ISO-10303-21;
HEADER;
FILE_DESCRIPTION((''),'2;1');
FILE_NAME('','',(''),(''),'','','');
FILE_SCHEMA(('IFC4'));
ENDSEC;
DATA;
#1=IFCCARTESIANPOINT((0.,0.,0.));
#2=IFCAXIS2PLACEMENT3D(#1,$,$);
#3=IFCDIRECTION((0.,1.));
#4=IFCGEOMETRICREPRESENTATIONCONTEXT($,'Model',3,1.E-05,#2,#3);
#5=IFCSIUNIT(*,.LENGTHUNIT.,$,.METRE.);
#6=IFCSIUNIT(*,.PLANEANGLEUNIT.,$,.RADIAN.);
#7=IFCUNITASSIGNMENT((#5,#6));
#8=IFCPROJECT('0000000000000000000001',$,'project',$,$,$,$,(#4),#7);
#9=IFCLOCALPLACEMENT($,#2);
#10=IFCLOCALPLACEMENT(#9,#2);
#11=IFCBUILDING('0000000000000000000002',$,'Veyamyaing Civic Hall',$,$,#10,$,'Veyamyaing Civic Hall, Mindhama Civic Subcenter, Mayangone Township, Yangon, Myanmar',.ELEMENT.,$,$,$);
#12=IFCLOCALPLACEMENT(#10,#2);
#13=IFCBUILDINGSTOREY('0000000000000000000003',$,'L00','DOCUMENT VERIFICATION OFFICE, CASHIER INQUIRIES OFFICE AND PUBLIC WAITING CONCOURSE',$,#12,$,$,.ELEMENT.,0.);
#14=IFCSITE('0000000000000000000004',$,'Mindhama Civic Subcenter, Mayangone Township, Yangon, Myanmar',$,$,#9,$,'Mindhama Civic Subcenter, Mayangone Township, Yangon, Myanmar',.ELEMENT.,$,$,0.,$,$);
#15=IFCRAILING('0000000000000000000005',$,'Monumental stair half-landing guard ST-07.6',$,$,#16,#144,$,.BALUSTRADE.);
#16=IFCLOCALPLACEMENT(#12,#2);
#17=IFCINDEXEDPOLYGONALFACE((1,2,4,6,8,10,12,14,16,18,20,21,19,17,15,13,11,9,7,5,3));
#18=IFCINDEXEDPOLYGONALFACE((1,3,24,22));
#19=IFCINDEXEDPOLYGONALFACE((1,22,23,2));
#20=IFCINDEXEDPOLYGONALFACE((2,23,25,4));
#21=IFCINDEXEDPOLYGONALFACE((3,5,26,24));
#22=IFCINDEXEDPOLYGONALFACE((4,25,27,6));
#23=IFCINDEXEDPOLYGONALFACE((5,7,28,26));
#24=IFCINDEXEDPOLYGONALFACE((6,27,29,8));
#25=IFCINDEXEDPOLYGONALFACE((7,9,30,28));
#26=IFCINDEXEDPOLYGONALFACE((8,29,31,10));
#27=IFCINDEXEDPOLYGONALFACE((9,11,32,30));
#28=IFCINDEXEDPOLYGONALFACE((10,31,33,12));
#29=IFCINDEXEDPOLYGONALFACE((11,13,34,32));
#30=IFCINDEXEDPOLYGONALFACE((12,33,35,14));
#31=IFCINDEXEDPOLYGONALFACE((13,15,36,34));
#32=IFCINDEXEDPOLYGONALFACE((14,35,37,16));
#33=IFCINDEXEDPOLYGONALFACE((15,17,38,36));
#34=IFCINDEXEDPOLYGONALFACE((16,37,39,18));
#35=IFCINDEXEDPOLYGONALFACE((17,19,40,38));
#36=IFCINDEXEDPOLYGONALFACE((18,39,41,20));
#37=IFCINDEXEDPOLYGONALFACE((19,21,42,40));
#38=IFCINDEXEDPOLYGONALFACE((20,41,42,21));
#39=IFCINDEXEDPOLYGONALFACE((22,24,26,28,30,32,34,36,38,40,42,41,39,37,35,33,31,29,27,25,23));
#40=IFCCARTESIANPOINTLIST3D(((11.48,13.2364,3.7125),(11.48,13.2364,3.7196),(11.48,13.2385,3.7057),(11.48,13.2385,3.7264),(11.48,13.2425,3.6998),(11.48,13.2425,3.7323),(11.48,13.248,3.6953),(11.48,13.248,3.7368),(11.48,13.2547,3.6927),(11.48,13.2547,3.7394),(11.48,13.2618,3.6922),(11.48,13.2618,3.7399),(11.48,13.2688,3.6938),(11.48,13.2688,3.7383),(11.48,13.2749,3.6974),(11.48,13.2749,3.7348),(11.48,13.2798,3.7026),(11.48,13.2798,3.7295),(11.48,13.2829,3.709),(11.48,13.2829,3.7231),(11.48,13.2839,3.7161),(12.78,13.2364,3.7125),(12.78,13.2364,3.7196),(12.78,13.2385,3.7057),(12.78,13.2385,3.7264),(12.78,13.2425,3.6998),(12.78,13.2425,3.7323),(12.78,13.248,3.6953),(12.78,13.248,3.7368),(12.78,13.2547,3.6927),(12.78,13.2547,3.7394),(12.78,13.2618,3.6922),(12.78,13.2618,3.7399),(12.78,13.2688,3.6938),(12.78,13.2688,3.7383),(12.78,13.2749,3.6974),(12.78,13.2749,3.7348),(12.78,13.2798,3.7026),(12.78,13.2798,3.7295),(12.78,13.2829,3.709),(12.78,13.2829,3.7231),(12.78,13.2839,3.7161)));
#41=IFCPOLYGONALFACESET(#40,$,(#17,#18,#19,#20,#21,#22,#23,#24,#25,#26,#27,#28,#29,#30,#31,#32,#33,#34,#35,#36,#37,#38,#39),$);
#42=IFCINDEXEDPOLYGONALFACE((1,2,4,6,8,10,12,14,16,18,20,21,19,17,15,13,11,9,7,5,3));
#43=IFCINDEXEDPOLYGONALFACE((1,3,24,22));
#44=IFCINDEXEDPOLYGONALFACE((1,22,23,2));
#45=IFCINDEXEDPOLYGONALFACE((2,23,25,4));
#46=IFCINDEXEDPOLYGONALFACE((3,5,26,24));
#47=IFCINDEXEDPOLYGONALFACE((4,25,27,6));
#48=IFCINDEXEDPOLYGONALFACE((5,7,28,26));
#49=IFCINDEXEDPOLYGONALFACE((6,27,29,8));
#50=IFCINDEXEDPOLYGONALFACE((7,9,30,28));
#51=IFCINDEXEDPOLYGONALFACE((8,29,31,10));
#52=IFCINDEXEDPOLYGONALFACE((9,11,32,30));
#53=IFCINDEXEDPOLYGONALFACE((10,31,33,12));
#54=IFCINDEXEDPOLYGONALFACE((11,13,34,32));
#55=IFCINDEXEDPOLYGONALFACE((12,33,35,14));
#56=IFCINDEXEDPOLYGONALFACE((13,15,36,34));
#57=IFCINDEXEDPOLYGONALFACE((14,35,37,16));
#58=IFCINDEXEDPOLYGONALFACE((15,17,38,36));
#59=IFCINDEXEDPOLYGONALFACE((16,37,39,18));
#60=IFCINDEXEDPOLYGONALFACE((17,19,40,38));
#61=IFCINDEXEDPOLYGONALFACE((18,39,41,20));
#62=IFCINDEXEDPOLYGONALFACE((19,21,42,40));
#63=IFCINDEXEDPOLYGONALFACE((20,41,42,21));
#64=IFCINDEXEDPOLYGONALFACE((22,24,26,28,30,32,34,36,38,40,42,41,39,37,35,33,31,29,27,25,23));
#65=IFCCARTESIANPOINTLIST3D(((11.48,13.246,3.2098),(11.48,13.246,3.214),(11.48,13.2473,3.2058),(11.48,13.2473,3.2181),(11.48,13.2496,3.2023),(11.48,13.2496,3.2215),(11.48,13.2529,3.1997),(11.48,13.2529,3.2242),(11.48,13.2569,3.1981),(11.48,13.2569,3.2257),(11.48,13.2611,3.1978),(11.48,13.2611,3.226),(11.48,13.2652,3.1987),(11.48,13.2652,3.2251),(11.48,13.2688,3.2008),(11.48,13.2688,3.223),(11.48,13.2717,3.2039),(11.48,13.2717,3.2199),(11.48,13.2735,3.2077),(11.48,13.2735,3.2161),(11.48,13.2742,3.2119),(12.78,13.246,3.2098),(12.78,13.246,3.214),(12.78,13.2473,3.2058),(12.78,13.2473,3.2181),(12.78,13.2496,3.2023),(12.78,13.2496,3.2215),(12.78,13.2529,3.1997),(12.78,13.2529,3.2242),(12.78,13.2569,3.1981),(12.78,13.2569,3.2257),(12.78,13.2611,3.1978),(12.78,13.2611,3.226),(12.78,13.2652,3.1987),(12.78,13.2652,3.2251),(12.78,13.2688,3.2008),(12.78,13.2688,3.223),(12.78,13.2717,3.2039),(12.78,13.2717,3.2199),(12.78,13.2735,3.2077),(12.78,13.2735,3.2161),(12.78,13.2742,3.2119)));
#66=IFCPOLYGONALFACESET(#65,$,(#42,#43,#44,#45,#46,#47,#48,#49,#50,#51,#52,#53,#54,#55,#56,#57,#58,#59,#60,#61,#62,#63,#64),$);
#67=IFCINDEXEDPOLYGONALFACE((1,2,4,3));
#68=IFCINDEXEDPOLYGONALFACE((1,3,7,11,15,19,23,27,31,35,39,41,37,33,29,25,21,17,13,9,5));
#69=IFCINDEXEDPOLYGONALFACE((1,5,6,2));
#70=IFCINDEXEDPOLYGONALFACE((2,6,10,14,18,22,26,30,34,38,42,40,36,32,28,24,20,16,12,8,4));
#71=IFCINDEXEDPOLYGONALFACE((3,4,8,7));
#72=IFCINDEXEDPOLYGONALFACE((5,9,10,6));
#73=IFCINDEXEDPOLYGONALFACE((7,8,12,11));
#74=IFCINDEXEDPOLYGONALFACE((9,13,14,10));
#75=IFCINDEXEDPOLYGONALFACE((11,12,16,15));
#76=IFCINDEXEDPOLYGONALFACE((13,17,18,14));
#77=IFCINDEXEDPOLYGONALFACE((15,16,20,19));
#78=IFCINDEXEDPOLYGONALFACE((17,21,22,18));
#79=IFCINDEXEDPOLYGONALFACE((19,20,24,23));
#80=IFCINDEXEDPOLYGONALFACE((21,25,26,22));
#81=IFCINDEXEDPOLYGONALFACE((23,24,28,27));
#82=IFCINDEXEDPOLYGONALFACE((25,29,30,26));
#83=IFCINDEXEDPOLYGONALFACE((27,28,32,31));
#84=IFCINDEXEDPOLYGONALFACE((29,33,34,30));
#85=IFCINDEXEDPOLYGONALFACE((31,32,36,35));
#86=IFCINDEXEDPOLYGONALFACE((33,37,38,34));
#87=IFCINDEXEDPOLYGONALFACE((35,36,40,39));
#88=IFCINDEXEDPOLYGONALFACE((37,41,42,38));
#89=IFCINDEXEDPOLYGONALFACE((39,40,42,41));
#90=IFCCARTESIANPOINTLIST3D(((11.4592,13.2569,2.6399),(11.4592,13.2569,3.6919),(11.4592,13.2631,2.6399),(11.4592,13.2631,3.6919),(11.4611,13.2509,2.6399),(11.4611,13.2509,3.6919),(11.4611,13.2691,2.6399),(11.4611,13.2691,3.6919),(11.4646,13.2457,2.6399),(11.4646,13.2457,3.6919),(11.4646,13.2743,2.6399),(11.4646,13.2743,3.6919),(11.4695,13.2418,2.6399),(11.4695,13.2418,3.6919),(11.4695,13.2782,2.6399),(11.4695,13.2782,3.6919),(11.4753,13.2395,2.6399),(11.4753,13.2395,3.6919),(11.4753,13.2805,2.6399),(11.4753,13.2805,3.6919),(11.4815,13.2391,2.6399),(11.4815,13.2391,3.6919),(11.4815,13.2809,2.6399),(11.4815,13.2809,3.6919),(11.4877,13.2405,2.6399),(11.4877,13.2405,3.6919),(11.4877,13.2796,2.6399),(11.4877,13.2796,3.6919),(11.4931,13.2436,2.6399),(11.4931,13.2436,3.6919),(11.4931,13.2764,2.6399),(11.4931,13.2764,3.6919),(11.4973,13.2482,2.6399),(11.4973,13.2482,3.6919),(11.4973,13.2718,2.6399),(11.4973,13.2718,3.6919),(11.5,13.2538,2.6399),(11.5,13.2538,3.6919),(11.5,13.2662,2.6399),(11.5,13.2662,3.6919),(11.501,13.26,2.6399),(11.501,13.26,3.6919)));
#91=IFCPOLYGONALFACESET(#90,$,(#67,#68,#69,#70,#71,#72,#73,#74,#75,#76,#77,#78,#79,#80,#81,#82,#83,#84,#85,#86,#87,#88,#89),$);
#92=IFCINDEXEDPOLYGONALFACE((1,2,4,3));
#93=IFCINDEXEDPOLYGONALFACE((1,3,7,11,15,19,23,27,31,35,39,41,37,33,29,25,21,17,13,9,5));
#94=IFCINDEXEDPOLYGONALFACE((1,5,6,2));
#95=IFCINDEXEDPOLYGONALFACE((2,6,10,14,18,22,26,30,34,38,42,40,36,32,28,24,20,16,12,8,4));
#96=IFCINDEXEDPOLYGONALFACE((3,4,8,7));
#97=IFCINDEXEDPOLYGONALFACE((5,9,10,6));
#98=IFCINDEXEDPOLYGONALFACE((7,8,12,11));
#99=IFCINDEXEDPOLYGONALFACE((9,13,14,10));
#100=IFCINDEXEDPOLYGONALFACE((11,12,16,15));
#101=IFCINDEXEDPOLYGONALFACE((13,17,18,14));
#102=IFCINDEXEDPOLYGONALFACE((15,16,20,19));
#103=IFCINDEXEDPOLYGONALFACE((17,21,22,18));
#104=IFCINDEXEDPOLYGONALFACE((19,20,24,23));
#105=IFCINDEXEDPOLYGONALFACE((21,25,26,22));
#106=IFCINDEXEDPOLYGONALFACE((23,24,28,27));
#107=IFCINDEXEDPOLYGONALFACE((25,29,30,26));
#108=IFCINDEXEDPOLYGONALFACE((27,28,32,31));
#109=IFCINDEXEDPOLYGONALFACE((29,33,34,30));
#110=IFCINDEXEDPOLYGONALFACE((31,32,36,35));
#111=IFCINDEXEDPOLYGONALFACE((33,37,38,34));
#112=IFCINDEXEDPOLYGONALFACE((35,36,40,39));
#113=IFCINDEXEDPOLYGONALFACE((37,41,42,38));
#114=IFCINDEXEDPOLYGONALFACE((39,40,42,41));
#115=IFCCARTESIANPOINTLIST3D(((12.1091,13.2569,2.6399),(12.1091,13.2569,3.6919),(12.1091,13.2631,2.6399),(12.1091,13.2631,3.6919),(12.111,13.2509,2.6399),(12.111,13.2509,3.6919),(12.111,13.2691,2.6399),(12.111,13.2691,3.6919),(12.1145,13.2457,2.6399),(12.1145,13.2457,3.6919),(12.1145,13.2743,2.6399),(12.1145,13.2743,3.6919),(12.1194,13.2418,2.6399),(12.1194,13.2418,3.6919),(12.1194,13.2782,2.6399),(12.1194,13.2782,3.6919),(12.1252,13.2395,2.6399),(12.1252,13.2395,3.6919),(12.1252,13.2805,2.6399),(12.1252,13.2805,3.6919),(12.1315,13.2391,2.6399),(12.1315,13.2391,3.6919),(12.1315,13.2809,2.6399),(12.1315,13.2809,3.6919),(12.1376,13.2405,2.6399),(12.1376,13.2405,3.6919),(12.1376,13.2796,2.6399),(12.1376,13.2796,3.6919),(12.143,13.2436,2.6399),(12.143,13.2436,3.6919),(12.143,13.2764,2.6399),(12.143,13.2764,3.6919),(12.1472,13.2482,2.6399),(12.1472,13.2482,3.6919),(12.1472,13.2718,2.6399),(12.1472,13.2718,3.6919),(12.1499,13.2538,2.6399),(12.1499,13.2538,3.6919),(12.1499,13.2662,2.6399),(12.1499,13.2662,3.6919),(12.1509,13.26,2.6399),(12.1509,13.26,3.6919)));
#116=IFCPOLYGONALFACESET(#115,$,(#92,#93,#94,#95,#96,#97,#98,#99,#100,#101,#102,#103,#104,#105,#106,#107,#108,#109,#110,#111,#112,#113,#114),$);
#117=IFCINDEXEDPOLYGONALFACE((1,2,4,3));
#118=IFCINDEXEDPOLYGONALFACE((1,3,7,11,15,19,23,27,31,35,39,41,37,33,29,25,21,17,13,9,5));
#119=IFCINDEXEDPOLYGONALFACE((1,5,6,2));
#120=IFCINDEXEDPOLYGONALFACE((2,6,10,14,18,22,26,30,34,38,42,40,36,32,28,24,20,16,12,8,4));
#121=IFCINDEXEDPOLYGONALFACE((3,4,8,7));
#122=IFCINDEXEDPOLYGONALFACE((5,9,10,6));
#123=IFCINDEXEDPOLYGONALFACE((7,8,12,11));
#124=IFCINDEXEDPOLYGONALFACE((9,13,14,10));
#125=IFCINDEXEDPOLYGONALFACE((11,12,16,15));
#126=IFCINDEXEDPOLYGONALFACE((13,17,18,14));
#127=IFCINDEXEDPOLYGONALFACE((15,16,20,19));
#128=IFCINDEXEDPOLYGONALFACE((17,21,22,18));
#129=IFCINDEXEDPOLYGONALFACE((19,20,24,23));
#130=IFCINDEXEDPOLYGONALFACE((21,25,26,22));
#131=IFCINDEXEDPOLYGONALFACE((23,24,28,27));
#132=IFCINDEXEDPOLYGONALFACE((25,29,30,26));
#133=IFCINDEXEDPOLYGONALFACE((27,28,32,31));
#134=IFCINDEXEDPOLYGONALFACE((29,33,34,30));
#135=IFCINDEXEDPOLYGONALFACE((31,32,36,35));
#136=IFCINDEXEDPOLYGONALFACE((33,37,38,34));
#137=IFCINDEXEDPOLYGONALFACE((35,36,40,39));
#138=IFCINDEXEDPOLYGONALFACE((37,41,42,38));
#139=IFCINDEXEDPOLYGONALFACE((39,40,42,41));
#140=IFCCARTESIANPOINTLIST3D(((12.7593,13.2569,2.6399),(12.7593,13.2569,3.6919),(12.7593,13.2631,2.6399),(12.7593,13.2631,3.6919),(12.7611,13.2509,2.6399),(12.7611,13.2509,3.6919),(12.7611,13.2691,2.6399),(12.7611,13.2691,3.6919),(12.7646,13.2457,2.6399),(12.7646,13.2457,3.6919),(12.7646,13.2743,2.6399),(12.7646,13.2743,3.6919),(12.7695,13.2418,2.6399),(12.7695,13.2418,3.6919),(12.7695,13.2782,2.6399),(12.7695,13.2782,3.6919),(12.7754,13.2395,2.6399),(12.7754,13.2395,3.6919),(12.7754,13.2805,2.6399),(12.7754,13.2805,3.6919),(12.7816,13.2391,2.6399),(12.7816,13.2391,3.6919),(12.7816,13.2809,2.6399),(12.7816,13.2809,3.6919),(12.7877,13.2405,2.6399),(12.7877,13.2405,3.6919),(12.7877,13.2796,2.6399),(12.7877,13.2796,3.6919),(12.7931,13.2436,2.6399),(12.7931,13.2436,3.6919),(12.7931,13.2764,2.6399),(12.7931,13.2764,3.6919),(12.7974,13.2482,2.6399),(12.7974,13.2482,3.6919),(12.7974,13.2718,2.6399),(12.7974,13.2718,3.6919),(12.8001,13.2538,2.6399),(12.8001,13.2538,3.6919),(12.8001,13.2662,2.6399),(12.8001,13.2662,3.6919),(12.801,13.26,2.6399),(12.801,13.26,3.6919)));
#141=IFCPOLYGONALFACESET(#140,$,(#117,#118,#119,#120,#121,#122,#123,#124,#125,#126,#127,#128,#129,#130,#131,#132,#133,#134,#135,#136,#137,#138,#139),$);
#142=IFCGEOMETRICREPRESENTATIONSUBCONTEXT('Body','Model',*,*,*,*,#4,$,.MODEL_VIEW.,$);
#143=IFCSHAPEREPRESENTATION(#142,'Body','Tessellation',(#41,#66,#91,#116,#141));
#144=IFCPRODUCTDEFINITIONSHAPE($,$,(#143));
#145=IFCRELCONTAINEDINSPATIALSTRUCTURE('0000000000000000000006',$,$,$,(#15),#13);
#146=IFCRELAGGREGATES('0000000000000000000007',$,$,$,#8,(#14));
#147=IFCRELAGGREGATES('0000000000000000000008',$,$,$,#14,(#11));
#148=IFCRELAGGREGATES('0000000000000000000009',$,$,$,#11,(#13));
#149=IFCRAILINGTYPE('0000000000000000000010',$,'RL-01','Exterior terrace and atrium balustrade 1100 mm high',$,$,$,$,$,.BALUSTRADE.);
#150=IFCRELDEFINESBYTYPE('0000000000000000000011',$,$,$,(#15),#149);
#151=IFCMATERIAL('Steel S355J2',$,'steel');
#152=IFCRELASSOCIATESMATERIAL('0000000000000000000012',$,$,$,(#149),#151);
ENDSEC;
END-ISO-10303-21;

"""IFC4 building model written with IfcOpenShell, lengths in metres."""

from ifc_helpers import new_model, si_unit, direction, frame, origin, origin_2d, place, context, subcontext, project, spatial, circle, extrude, material, type_object, element, save


model = new_model("IFC4")

# Units and contexts
model_context = context("Model", 3, precision=1e-05, world=origin(), true_north=direction((0.0, 1.0)))
body_context = subcontext(model_context, "Body", "Model", "MODEL_VIEW")
ifc_project = project(units=[si_unit("LENGTHUNIT", "METRE"), si_unit("PLANEANGLEUNIT", "RADIAN")], contexts=[model_context])

# Site, building, storey
site_placement = place(None, origin())
site = spatial("IfcSite", under=ifc_project, at=site_placement, Name="Mindhama Civic Subcenter, Mayangone Township, Yangon, Myanmar", LongName="Mindhama Civic Subcenter, Mayangone Township, Yangon, Myanmar", CompositionType="ELEMENT", RefElevation=0.0)
building_placement = place(site_placement, origin())
building = spatial("IfcBuilding", under=site, at=building_placement, Name="Veyamyaing Civic Hall", LongName="Veyamyaing Civic Hall, Mindhama Civic Subcenter, Mayangone Township, Yangon, Myanmar", CompositionType="ELEMENT")
storey_placement = place(building_placement, origin())
storey = spatial("IfcBuildingStorey", under=building, at=storey_placement, Name="L00", Description="DOCUMENT VERIFICATION OFFICE, CASHIER INQUIRIES OFFICE AND PUBLIC WAITING CONCOURSE", CompositionType="ELEMENT", Elevation=0.0)

# Railing
ifc_material_1 = material(Name="Steel S355J2", Category="steel")
railing_type_1 = type_object("IfcRailingType", Name="RL-01", Description="Exterior terrace and atrium balustrade 1100 mm high", PredefinedType="BALUSTRADE", material=ifc_material_1)
railing_1_placement = place(storey_placement, frame((11.48, 13.26, 2.6399)))
element("IfcRailing", 1, at=railing_1_placement, inside=storey, type_object=railing_type_1, Name="Monumental stair half-landing guard ST-07.6", PredefinedType="BALUSTRADE", context=body_context, shape_type="SweptSolid", body=[
    extrude(circle(Radius=0.0239, at=origin_2d()), frame((0.0, 0.0, 1.0762), z_axis=(1.0, 0.0, 0.0), x_axis=(0.0, 1.0, 0.0)), (0.0, 0.0, 1.0), 1.3),
    extrude(circle(Radius=0.0142, at=origin_2d()), frame((0.0, 0.0, 0.572), z_axis=(1.0, 0.0, 0.0), x_axis=(0.0, 1.0, 0.0)), (0.0, 0.0, 1.0), 1.3),
    extrude(circle(Radius=0.021, at=origin_2d()), origin(), (0.0, 0.0, 1.0), 1.052),
    extrude(circle(Radius=0.021, at=origin_2d()), frame((0.6499, 0.0, 0.0)), (0.0, 0.0, 1.0), 1.052),
    extrude(circle(Radius=0.021, at=origin_2d()), frame((1.3, 0.0, 0.0)), (0.0, 0.0, 1.0), 1.052),
])

save(model, "model.ifc")
